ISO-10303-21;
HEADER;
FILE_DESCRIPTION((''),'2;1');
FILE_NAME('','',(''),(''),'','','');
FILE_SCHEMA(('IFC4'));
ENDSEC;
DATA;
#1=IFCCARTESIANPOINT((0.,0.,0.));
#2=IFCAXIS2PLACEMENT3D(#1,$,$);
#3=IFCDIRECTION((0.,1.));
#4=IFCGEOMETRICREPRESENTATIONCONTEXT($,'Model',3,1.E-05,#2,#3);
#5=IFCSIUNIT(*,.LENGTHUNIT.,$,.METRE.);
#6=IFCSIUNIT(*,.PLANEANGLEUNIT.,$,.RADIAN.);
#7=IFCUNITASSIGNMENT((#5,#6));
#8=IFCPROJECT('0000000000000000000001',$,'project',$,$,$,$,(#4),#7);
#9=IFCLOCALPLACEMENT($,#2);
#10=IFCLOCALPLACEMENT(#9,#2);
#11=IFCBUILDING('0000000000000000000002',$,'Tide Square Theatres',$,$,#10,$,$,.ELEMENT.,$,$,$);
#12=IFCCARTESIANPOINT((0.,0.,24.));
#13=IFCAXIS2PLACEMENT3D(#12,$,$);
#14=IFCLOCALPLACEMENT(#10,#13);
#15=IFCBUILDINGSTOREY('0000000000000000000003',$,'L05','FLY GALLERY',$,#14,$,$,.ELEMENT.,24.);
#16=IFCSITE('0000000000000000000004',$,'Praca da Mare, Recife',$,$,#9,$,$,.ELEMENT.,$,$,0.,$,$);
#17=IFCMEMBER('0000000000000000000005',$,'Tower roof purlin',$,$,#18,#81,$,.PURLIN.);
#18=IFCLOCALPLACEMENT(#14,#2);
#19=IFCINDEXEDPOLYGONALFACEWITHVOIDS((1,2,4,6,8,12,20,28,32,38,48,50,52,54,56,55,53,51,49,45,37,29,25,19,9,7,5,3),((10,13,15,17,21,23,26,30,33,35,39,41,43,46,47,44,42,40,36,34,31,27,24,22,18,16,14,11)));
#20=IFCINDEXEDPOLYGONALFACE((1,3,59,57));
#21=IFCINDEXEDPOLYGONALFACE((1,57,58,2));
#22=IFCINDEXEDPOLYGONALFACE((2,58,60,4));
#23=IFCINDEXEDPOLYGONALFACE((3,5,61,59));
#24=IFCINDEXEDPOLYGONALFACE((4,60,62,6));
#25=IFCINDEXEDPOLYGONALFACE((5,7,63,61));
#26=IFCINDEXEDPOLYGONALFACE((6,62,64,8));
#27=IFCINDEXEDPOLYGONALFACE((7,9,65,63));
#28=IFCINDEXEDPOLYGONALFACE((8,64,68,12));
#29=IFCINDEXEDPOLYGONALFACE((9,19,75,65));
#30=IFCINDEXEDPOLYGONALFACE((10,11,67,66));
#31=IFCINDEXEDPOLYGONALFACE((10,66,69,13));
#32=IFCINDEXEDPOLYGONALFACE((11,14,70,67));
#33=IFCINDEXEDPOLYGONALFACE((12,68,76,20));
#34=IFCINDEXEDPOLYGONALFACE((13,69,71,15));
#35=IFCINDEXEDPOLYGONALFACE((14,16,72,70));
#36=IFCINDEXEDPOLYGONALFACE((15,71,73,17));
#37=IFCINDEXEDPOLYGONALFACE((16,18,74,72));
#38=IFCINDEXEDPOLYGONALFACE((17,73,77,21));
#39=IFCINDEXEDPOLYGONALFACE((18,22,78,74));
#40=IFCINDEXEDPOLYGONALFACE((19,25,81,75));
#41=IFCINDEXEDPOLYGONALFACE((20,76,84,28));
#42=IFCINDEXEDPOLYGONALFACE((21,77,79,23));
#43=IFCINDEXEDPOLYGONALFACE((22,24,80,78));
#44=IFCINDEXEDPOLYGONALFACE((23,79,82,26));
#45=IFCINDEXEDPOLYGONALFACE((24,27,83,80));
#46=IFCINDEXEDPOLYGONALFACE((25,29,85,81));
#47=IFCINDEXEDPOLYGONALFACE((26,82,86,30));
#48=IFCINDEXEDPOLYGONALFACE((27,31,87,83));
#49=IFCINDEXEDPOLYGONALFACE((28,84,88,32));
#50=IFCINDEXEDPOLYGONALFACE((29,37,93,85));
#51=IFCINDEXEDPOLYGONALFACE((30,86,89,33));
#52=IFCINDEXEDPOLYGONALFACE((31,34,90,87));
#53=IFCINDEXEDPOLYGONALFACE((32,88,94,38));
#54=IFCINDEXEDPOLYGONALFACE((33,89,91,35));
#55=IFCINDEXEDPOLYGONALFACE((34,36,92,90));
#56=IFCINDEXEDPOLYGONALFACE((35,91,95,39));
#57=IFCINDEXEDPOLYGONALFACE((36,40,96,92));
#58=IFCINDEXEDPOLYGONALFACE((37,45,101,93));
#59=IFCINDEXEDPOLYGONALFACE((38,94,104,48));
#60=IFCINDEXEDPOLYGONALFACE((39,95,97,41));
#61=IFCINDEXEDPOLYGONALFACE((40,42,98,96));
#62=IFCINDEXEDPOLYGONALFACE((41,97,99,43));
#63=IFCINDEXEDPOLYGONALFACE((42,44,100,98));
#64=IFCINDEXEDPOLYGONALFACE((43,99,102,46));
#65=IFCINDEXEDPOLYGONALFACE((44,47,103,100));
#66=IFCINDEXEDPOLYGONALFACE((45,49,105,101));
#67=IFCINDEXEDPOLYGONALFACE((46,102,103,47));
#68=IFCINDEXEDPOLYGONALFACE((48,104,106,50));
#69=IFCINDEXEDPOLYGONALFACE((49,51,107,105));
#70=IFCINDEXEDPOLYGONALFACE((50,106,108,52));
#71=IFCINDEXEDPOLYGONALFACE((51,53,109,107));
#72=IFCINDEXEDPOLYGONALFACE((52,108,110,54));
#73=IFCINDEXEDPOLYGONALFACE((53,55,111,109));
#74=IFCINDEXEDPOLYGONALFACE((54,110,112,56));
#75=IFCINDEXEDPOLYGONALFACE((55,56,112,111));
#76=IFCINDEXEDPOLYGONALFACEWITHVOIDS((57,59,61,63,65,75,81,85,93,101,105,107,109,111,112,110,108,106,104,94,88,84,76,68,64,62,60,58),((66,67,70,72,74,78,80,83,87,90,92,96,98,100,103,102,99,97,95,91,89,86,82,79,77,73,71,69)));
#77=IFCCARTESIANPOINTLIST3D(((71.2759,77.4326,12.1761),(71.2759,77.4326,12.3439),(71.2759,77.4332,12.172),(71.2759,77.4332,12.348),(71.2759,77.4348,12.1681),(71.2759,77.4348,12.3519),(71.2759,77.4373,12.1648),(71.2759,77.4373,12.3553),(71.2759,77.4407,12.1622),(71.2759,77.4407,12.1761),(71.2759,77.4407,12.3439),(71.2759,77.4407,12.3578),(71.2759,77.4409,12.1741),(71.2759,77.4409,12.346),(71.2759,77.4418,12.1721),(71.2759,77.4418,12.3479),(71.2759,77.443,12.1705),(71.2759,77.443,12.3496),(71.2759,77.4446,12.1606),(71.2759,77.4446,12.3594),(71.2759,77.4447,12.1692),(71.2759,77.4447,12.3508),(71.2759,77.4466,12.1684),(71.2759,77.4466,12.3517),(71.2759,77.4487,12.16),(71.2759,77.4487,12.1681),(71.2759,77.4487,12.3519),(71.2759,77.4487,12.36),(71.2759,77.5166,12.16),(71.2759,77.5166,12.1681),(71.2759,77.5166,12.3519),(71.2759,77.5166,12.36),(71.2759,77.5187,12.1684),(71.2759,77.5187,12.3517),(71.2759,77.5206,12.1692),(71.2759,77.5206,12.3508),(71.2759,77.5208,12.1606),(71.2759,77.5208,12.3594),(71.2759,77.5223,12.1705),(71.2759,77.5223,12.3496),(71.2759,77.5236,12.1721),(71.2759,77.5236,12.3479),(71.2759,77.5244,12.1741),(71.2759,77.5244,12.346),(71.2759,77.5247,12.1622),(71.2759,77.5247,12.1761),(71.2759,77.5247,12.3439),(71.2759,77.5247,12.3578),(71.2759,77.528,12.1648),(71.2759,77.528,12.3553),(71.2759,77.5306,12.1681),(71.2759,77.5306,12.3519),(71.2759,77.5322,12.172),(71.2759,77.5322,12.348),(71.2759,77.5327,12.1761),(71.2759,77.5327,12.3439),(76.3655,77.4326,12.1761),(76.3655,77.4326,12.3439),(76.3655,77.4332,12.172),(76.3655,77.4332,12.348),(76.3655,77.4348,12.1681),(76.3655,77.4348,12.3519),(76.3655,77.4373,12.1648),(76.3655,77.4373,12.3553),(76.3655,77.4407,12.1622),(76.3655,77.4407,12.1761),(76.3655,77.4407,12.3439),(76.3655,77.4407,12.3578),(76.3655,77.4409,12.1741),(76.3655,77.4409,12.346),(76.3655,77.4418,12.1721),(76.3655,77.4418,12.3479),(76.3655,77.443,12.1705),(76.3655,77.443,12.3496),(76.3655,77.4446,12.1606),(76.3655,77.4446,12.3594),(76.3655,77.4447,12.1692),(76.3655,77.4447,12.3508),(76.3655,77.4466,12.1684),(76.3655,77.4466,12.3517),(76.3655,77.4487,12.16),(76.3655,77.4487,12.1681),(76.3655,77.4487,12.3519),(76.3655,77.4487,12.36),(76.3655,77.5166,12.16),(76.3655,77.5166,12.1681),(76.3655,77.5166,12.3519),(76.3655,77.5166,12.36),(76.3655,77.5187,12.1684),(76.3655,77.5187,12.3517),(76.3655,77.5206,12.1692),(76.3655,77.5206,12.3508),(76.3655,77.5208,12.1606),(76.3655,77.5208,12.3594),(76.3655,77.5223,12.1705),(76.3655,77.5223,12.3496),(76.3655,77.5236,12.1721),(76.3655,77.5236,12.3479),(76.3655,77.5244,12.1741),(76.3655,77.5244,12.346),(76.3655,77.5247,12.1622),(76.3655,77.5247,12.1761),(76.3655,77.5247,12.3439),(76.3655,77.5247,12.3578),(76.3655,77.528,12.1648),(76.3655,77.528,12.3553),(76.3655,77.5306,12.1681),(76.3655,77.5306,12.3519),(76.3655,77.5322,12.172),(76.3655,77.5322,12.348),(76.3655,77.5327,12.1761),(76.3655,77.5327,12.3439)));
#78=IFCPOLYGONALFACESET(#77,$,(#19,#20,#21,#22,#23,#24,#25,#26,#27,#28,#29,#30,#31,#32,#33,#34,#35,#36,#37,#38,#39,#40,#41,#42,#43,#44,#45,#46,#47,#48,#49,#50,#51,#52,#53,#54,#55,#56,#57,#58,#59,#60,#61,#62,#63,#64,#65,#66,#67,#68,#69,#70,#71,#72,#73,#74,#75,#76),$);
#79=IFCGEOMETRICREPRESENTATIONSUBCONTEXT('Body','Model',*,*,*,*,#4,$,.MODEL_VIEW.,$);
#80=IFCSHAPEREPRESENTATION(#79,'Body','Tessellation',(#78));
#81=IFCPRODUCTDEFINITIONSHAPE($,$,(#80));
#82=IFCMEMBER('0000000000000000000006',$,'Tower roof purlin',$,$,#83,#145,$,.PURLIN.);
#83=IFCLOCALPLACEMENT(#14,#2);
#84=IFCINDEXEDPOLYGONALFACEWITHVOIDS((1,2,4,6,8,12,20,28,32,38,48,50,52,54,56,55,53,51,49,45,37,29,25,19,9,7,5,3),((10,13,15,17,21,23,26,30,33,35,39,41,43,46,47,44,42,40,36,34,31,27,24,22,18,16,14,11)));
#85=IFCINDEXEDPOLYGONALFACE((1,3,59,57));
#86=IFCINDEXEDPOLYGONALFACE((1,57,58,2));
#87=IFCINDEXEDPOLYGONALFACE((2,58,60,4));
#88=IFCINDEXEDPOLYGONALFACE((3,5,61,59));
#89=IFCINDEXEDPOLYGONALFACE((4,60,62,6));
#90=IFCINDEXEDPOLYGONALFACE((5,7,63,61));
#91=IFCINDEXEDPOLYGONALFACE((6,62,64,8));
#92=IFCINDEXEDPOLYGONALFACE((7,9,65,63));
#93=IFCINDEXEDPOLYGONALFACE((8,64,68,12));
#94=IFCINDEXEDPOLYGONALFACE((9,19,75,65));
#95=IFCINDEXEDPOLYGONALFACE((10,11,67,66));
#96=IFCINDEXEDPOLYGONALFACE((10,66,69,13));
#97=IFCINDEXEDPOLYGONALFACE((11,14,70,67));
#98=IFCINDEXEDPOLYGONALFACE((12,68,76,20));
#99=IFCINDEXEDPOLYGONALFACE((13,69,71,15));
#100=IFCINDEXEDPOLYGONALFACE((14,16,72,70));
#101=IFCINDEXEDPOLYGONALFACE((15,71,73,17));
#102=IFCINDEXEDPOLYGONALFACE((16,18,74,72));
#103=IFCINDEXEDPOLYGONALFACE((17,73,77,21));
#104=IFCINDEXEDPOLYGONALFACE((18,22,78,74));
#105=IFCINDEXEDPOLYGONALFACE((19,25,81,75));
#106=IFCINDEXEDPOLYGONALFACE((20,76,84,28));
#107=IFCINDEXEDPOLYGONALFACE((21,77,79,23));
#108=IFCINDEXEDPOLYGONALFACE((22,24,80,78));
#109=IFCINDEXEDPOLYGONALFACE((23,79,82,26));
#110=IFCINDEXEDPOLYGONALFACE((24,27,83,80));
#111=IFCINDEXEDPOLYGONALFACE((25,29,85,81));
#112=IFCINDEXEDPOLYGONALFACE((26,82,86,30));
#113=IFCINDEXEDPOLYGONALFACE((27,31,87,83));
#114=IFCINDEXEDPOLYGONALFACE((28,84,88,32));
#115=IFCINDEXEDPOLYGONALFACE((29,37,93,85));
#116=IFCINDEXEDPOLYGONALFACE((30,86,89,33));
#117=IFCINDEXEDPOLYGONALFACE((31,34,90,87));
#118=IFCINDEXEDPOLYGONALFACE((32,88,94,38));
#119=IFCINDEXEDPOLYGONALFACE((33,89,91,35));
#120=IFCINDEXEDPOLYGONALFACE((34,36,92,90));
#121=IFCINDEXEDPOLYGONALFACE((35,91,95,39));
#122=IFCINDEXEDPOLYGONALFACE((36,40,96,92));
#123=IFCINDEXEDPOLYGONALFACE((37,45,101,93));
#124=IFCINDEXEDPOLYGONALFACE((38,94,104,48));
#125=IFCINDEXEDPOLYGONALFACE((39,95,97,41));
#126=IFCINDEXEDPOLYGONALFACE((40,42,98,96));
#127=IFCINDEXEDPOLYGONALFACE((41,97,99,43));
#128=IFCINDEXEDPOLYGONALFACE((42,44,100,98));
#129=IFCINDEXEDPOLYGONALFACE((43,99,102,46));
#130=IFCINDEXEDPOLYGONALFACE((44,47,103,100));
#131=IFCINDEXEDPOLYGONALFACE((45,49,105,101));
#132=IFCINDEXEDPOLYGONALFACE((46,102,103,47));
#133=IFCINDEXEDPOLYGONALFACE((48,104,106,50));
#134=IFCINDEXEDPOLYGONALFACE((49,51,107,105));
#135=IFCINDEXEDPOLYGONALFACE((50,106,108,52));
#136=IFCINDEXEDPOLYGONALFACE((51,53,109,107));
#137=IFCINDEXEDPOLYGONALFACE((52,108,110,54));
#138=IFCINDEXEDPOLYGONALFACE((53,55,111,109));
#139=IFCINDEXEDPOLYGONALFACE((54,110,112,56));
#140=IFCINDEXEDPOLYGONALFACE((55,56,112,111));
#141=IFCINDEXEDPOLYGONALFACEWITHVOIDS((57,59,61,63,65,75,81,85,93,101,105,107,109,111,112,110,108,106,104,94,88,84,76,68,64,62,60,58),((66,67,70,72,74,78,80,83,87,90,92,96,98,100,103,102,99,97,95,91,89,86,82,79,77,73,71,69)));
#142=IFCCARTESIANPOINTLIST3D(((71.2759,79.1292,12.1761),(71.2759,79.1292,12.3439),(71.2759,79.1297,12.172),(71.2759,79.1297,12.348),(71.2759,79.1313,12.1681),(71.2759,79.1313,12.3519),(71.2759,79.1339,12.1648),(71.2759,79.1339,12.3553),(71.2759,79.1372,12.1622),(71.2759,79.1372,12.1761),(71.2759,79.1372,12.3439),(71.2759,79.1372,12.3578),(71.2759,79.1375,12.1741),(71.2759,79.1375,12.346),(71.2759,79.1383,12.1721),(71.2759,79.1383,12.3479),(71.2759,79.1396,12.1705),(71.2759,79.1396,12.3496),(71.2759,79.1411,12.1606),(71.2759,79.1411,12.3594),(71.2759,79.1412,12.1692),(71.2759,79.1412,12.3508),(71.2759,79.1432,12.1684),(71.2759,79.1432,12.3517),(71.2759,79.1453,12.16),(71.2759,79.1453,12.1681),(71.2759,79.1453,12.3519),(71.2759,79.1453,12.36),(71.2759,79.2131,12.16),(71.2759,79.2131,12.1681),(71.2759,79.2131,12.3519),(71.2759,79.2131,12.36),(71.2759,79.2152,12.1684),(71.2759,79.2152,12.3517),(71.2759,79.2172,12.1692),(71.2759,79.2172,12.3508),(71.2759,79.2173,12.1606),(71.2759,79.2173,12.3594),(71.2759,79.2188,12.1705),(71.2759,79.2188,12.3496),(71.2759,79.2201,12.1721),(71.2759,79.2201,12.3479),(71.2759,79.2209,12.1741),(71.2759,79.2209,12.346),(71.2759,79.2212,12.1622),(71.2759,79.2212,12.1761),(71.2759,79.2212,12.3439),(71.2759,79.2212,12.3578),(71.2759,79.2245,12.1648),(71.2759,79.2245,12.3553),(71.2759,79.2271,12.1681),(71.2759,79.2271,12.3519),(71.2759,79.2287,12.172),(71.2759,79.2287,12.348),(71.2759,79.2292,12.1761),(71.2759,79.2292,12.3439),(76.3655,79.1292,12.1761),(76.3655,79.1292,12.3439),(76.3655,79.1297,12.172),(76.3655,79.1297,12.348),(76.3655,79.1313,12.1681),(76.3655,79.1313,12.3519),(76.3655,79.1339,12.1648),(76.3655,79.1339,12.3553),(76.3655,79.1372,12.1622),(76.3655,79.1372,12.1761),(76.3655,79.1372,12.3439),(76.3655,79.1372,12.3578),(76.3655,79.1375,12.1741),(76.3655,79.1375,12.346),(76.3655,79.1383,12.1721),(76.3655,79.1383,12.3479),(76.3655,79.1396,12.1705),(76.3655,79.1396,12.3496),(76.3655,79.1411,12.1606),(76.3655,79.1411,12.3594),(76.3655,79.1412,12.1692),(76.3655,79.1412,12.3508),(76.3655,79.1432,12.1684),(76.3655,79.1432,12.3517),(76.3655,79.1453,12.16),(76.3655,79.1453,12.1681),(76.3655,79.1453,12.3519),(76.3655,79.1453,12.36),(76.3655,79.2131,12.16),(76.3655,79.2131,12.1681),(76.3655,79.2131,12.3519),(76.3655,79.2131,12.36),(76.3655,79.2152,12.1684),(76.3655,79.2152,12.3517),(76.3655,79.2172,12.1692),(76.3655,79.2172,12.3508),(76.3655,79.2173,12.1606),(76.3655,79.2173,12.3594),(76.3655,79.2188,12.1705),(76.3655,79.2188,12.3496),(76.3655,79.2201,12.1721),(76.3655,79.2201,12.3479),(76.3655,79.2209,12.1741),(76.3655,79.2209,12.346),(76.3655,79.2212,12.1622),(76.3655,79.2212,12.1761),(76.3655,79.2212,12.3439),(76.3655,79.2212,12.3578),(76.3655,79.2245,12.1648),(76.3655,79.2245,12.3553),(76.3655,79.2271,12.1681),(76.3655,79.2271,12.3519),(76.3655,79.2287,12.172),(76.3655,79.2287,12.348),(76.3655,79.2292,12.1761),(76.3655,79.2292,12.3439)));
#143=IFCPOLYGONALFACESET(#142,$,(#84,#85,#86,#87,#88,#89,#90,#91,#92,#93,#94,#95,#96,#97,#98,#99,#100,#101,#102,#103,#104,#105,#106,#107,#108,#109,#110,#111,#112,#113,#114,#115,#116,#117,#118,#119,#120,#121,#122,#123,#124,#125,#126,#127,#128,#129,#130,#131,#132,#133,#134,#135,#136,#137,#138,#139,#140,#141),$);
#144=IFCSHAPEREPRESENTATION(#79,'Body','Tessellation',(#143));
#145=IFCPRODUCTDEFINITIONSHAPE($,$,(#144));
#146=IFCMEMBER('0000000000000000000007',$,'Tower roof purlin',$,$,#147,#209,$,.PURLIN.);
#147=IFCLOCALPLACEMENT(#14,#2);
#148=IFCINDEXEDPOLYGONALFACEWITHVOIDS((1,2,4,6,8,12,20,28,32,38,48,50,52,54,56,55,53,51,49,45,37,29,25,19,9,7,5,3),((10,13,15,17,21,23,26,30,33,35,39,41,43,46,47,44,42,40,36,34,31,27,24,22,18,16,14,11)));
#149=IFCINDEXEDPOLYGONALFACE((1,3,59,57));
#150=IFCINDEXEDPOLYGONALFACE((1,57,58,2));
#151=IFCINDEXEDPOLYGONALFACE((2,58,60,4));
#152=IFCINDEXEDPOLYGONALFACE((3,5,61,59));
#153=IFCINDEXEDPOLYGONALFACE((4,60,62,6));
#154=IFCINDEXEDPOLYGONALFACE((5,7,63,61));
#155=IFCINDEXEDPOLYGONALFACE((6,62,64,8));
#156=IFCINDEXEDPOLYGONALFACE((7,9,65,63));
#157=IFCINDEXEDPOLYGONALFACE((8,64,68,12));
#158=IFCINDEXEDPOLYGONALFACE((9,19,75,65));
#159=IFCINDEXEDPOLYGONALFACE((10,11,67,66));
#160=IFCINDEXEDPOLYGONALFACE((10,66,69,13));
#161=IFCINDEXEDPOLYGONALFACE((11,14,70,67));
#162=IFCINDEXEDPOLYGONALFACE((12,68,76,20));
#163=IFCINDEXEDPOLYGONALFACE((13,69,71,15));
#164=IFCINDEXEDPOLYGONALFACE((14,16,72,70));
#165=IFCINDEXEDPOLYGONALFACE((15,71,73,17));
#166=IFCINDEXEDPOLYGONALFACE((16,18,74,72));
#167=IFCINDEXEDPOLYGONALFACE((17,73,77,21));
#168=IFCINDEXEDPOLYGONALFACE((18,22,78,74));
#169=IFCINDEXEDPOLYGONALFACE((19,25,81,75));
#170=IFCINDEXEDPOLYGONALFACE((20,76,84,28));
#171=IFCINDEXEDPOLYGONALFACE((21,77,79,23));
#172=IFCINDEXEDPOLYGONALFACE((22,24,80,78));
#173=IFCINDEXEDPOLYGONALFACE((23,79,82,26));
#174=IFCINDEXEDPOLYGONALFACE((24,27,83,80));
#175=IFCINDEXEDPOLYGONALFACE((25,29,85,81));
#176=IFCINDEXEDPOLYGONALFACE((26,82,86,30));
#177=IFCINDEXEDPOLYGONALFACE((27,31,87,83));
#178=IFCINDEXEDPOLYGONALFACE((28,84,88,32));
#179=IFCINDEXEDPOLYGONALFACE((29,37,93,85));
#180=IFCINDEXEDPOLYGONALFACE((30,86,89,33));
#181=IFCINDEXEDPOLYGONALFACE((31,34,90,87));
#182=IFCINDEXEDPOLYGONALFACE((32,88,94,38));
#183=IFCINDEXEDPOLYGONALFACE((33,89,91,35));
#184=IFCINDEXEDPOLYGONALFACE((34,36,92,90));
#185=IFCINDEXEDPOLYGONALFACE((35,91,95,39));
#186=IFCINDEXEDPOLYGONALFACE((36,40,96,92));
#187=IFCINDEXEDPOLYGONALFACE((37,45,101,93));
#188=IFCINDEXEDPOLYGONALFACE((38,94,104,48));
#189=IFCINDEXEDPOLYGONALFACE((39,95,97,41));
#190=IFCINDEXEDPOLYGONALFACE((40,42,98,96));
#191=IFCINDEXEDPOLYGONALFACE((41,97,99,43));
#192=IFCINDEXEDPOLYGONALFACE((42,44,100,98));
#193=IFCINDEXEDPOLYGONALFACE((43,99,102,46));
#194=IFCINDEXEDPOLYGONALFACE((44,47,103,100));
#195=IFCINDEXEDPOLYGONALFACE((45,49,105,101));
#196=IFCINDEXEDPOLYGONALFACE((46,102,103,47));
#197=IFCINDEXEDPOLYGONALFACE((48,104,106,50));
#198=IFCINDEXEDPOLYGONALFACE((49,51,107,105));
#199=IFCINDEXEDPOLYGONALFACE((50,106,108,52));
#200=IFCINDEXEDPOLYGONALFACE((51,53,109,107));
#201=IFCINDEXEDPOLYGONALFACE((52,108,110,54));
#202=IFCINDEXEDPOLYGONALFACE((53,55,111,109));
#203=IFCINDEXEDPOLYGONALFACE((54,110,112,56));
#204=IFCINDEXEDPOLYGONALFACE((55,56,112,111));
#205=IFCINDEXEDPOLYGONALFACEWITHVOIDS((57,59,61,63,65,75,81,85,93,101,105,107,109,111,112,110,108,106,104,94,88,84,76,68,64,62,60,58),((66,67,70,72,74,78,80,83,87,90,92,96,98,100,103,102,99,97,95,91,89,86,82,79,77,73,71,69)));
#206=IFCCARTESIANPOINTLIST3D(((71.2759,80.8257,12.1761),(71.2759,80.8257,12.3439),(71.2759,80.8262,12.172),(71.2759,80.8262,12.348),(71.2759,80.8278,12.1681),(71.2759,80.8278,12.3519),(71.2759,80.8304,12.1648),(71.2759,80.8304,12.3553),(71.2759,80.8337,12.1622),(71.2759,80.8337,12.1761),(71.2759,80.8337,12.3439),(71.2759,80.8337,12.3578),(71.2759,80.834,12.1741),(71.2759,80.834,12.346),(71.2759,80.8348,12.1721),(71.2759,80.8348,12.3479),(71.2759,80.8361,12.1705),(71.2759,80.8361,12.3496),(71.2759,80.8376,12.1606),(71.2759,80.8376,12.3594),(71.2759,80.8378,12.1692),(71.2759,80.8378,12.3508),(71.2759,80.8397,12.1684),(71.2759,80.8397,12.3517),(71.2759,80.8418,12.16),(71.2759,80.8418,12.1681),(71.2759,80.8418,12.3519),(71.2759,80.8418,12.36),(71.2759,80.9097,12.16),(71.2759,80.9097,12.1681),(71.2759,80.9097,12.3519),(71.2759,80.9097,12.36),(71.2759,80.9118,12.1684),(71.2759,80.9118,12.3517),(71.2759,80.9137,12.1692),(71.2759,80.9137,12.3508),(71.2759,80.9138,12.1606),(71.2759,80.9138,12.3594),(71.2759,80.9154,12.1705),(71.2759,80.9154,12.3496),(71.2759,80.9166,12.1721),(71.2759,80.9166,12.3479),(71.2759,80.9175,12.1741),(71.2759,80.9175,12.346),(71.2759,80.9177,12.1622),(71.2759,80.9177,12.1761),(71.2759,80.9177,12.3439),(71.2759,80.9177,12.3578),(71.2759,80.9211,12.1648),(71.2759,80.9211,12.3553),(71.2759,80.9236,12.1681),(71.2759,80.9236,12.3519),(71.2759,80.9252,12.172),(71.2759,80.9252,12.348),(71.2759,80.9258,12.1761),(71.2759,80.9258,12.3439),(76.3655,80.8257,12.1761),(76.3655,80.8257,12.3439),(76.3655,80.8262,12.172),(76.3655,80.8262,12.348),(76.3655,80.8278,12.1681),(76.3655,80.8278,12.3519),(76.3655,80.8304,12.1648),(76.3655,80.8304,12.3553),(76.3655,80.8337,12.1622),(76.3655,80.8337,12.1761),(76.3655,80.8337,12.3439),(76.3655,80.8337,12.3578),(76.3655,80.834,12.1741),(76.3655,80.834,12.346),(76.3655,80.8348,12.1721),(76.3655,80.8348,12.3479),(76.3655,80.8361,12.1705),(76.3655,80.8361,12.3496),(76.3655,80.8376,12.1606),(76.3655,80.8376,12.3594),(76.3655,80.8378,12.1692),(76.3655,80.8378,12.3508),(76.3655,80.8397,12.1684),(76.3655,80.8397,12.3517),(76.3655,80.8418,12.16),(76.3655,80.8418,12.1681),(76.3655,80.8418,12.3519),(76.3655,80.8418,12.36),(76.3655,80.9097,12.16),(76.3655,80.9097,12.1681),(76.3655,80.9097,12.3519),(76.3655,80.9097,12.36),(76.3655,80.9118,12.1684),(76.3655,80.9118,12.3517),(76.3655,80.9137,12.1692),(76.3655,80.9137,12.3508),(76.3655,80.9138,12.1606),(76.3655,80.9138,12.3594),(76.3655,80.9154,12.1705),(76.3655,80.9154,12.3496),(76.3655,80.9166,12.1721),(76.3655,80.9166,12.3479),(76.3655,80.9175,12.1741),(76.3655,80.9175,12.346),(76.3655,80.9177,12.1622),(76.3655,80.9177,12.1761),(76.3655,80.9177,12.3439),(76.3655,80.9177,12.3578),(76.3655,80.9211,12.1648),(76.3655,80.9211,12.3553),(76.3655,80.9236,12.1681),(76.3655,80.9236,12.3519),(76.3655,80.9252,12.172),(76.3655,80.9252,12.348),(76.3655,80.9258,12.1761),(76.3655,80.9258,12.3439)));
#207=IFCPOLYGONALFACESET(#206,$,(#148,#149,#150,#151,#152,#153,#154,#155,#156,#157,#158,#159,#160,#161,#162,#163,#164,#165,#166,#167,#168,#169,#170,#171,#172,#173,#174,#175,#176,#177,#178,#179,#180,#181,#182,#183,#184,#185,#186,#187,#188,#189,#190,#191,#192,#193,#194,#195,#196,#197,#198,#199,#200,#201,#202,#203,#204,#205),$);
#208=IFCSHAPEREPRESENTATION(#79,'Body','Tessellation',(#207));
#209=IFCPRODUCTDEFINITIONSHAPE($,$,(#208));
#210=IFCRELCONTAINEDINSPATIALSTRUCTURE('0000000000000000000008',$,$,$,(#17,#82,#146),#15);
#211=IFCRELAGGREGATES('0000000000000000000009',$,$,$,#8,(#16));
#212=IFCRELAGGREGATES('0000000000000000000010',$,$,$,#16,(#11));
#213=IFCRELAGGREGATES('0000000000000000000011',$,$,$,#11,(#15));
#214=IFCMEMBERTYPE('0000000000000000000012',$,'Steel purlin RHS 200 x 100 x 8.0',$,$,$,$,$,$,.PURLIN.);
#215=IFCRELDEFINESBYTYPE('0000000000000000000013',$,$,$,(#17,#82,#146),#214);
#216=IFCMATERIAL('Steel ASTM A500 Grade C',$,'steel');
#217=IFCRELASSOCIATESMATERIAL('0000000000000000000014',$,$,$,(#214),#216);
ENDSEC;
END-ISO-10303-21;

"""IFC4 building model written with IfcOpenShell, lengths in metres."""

from ifc_helpers import new_model, si_unit, direction, frame, origin, origin_2d, place, context, subcontext, project, spatial, hollow_rectangle, extrude, material, material_profile, profile_set, type_object, element, save


model = new_model("IFC4")

# Units and contexts
model_context = context("Model", 3, precision=1e-05, world=origin(), true_north=direction((0.0, 1.0)))
body_context = subcontext(model_context, "Body", "Model", "MODEL_VIEW")
ifc_project = project(units=[si_unit("LENGTHUNIT", "METRE"), si_unit("PLANEANGLEUNIT", "RADIAN")], contexts=[model_context])

# Site, building, storey
site_placement = place(None, origin())
site = spatial("IfcSite", under=ifc_project, at=site_placement, Name="Praca da Mare, Recife", CompositionType="ELEMENT", RefElevation=0.0)
building_placement = place(site_placement, origin())
building = spatial("IfcBuilding", under=site, at=building_placement, Name="Tide Square Theatres", CompositionType="ELEMENT")
storey_placement = place(building_placement, frame((0.0, 0.0, 24.0)))
storey = spatial("IfcBuildingStorey", under=building, at=storey_placement, Name="L05", Description="FLY GALLERY", CompositionType="ELEMENT", Elevation=24.0)

# Members
ifc_material_1 = material(Name="Steel ASTM A500 Grade C", Category="steel")
ifc_material_profile_1 = material_profile(ifc_material_1, hollow_rectangle(XDim=0.1001, YDim=0.2, WallThickness=0.0081, InnerFilletRadius=0.0081, OuterFilletRadius=0.0161, at=origin_2d()))
ifc_profile_set_1 = profile_set([ifc_material_profile_1], Name="Steel ASTM A500 Grade C")
member_type = type_object("IfcMemberType", Name="Steel purlin RHS 200 x 100 x 8.0", PredefinedType="PURLIN", material=ifc_profile_set_1)
for number, where, z_axis, x_axis, name in (
    (1, (71.2759, 77.4827, 12.26), (1.0, 0.0, 0.0), (0.0, 1.0, 0.0), "Tower roof purlin"),
    (2, (71.2759, 79.1792, 12.26), (1.0, 0.0, 0.0), (0.0, 1.0, 0.0), "Tower roof purlin"),
    (3, (71.2759, 80.8757, 12.26), (1.0, 0.0, 0.0), (0.0, 1.0, 0.0), "Tower roof purlin"),
):
    element("IfcMember", number, at=place(storey_placement, frame(where, z_axis=z_axis, x_axis=x_axis)), inside=storey, type_object=member_type, Name=name, PredefinedType="PURLIN", context=body_context, shape_type="SweptSolid", body=[
        extrude(hollow_rectangle(XDim=0.1001, YDim=0.2, WallThickness=0.0081, InnerFilletRadius=0.0081, OuterFilletRadius=0.0161, at=origin_2d()), origin(), (0.0, 0.0, 1.0), 5.0896),
    ])

save(model, "model.ifc")
